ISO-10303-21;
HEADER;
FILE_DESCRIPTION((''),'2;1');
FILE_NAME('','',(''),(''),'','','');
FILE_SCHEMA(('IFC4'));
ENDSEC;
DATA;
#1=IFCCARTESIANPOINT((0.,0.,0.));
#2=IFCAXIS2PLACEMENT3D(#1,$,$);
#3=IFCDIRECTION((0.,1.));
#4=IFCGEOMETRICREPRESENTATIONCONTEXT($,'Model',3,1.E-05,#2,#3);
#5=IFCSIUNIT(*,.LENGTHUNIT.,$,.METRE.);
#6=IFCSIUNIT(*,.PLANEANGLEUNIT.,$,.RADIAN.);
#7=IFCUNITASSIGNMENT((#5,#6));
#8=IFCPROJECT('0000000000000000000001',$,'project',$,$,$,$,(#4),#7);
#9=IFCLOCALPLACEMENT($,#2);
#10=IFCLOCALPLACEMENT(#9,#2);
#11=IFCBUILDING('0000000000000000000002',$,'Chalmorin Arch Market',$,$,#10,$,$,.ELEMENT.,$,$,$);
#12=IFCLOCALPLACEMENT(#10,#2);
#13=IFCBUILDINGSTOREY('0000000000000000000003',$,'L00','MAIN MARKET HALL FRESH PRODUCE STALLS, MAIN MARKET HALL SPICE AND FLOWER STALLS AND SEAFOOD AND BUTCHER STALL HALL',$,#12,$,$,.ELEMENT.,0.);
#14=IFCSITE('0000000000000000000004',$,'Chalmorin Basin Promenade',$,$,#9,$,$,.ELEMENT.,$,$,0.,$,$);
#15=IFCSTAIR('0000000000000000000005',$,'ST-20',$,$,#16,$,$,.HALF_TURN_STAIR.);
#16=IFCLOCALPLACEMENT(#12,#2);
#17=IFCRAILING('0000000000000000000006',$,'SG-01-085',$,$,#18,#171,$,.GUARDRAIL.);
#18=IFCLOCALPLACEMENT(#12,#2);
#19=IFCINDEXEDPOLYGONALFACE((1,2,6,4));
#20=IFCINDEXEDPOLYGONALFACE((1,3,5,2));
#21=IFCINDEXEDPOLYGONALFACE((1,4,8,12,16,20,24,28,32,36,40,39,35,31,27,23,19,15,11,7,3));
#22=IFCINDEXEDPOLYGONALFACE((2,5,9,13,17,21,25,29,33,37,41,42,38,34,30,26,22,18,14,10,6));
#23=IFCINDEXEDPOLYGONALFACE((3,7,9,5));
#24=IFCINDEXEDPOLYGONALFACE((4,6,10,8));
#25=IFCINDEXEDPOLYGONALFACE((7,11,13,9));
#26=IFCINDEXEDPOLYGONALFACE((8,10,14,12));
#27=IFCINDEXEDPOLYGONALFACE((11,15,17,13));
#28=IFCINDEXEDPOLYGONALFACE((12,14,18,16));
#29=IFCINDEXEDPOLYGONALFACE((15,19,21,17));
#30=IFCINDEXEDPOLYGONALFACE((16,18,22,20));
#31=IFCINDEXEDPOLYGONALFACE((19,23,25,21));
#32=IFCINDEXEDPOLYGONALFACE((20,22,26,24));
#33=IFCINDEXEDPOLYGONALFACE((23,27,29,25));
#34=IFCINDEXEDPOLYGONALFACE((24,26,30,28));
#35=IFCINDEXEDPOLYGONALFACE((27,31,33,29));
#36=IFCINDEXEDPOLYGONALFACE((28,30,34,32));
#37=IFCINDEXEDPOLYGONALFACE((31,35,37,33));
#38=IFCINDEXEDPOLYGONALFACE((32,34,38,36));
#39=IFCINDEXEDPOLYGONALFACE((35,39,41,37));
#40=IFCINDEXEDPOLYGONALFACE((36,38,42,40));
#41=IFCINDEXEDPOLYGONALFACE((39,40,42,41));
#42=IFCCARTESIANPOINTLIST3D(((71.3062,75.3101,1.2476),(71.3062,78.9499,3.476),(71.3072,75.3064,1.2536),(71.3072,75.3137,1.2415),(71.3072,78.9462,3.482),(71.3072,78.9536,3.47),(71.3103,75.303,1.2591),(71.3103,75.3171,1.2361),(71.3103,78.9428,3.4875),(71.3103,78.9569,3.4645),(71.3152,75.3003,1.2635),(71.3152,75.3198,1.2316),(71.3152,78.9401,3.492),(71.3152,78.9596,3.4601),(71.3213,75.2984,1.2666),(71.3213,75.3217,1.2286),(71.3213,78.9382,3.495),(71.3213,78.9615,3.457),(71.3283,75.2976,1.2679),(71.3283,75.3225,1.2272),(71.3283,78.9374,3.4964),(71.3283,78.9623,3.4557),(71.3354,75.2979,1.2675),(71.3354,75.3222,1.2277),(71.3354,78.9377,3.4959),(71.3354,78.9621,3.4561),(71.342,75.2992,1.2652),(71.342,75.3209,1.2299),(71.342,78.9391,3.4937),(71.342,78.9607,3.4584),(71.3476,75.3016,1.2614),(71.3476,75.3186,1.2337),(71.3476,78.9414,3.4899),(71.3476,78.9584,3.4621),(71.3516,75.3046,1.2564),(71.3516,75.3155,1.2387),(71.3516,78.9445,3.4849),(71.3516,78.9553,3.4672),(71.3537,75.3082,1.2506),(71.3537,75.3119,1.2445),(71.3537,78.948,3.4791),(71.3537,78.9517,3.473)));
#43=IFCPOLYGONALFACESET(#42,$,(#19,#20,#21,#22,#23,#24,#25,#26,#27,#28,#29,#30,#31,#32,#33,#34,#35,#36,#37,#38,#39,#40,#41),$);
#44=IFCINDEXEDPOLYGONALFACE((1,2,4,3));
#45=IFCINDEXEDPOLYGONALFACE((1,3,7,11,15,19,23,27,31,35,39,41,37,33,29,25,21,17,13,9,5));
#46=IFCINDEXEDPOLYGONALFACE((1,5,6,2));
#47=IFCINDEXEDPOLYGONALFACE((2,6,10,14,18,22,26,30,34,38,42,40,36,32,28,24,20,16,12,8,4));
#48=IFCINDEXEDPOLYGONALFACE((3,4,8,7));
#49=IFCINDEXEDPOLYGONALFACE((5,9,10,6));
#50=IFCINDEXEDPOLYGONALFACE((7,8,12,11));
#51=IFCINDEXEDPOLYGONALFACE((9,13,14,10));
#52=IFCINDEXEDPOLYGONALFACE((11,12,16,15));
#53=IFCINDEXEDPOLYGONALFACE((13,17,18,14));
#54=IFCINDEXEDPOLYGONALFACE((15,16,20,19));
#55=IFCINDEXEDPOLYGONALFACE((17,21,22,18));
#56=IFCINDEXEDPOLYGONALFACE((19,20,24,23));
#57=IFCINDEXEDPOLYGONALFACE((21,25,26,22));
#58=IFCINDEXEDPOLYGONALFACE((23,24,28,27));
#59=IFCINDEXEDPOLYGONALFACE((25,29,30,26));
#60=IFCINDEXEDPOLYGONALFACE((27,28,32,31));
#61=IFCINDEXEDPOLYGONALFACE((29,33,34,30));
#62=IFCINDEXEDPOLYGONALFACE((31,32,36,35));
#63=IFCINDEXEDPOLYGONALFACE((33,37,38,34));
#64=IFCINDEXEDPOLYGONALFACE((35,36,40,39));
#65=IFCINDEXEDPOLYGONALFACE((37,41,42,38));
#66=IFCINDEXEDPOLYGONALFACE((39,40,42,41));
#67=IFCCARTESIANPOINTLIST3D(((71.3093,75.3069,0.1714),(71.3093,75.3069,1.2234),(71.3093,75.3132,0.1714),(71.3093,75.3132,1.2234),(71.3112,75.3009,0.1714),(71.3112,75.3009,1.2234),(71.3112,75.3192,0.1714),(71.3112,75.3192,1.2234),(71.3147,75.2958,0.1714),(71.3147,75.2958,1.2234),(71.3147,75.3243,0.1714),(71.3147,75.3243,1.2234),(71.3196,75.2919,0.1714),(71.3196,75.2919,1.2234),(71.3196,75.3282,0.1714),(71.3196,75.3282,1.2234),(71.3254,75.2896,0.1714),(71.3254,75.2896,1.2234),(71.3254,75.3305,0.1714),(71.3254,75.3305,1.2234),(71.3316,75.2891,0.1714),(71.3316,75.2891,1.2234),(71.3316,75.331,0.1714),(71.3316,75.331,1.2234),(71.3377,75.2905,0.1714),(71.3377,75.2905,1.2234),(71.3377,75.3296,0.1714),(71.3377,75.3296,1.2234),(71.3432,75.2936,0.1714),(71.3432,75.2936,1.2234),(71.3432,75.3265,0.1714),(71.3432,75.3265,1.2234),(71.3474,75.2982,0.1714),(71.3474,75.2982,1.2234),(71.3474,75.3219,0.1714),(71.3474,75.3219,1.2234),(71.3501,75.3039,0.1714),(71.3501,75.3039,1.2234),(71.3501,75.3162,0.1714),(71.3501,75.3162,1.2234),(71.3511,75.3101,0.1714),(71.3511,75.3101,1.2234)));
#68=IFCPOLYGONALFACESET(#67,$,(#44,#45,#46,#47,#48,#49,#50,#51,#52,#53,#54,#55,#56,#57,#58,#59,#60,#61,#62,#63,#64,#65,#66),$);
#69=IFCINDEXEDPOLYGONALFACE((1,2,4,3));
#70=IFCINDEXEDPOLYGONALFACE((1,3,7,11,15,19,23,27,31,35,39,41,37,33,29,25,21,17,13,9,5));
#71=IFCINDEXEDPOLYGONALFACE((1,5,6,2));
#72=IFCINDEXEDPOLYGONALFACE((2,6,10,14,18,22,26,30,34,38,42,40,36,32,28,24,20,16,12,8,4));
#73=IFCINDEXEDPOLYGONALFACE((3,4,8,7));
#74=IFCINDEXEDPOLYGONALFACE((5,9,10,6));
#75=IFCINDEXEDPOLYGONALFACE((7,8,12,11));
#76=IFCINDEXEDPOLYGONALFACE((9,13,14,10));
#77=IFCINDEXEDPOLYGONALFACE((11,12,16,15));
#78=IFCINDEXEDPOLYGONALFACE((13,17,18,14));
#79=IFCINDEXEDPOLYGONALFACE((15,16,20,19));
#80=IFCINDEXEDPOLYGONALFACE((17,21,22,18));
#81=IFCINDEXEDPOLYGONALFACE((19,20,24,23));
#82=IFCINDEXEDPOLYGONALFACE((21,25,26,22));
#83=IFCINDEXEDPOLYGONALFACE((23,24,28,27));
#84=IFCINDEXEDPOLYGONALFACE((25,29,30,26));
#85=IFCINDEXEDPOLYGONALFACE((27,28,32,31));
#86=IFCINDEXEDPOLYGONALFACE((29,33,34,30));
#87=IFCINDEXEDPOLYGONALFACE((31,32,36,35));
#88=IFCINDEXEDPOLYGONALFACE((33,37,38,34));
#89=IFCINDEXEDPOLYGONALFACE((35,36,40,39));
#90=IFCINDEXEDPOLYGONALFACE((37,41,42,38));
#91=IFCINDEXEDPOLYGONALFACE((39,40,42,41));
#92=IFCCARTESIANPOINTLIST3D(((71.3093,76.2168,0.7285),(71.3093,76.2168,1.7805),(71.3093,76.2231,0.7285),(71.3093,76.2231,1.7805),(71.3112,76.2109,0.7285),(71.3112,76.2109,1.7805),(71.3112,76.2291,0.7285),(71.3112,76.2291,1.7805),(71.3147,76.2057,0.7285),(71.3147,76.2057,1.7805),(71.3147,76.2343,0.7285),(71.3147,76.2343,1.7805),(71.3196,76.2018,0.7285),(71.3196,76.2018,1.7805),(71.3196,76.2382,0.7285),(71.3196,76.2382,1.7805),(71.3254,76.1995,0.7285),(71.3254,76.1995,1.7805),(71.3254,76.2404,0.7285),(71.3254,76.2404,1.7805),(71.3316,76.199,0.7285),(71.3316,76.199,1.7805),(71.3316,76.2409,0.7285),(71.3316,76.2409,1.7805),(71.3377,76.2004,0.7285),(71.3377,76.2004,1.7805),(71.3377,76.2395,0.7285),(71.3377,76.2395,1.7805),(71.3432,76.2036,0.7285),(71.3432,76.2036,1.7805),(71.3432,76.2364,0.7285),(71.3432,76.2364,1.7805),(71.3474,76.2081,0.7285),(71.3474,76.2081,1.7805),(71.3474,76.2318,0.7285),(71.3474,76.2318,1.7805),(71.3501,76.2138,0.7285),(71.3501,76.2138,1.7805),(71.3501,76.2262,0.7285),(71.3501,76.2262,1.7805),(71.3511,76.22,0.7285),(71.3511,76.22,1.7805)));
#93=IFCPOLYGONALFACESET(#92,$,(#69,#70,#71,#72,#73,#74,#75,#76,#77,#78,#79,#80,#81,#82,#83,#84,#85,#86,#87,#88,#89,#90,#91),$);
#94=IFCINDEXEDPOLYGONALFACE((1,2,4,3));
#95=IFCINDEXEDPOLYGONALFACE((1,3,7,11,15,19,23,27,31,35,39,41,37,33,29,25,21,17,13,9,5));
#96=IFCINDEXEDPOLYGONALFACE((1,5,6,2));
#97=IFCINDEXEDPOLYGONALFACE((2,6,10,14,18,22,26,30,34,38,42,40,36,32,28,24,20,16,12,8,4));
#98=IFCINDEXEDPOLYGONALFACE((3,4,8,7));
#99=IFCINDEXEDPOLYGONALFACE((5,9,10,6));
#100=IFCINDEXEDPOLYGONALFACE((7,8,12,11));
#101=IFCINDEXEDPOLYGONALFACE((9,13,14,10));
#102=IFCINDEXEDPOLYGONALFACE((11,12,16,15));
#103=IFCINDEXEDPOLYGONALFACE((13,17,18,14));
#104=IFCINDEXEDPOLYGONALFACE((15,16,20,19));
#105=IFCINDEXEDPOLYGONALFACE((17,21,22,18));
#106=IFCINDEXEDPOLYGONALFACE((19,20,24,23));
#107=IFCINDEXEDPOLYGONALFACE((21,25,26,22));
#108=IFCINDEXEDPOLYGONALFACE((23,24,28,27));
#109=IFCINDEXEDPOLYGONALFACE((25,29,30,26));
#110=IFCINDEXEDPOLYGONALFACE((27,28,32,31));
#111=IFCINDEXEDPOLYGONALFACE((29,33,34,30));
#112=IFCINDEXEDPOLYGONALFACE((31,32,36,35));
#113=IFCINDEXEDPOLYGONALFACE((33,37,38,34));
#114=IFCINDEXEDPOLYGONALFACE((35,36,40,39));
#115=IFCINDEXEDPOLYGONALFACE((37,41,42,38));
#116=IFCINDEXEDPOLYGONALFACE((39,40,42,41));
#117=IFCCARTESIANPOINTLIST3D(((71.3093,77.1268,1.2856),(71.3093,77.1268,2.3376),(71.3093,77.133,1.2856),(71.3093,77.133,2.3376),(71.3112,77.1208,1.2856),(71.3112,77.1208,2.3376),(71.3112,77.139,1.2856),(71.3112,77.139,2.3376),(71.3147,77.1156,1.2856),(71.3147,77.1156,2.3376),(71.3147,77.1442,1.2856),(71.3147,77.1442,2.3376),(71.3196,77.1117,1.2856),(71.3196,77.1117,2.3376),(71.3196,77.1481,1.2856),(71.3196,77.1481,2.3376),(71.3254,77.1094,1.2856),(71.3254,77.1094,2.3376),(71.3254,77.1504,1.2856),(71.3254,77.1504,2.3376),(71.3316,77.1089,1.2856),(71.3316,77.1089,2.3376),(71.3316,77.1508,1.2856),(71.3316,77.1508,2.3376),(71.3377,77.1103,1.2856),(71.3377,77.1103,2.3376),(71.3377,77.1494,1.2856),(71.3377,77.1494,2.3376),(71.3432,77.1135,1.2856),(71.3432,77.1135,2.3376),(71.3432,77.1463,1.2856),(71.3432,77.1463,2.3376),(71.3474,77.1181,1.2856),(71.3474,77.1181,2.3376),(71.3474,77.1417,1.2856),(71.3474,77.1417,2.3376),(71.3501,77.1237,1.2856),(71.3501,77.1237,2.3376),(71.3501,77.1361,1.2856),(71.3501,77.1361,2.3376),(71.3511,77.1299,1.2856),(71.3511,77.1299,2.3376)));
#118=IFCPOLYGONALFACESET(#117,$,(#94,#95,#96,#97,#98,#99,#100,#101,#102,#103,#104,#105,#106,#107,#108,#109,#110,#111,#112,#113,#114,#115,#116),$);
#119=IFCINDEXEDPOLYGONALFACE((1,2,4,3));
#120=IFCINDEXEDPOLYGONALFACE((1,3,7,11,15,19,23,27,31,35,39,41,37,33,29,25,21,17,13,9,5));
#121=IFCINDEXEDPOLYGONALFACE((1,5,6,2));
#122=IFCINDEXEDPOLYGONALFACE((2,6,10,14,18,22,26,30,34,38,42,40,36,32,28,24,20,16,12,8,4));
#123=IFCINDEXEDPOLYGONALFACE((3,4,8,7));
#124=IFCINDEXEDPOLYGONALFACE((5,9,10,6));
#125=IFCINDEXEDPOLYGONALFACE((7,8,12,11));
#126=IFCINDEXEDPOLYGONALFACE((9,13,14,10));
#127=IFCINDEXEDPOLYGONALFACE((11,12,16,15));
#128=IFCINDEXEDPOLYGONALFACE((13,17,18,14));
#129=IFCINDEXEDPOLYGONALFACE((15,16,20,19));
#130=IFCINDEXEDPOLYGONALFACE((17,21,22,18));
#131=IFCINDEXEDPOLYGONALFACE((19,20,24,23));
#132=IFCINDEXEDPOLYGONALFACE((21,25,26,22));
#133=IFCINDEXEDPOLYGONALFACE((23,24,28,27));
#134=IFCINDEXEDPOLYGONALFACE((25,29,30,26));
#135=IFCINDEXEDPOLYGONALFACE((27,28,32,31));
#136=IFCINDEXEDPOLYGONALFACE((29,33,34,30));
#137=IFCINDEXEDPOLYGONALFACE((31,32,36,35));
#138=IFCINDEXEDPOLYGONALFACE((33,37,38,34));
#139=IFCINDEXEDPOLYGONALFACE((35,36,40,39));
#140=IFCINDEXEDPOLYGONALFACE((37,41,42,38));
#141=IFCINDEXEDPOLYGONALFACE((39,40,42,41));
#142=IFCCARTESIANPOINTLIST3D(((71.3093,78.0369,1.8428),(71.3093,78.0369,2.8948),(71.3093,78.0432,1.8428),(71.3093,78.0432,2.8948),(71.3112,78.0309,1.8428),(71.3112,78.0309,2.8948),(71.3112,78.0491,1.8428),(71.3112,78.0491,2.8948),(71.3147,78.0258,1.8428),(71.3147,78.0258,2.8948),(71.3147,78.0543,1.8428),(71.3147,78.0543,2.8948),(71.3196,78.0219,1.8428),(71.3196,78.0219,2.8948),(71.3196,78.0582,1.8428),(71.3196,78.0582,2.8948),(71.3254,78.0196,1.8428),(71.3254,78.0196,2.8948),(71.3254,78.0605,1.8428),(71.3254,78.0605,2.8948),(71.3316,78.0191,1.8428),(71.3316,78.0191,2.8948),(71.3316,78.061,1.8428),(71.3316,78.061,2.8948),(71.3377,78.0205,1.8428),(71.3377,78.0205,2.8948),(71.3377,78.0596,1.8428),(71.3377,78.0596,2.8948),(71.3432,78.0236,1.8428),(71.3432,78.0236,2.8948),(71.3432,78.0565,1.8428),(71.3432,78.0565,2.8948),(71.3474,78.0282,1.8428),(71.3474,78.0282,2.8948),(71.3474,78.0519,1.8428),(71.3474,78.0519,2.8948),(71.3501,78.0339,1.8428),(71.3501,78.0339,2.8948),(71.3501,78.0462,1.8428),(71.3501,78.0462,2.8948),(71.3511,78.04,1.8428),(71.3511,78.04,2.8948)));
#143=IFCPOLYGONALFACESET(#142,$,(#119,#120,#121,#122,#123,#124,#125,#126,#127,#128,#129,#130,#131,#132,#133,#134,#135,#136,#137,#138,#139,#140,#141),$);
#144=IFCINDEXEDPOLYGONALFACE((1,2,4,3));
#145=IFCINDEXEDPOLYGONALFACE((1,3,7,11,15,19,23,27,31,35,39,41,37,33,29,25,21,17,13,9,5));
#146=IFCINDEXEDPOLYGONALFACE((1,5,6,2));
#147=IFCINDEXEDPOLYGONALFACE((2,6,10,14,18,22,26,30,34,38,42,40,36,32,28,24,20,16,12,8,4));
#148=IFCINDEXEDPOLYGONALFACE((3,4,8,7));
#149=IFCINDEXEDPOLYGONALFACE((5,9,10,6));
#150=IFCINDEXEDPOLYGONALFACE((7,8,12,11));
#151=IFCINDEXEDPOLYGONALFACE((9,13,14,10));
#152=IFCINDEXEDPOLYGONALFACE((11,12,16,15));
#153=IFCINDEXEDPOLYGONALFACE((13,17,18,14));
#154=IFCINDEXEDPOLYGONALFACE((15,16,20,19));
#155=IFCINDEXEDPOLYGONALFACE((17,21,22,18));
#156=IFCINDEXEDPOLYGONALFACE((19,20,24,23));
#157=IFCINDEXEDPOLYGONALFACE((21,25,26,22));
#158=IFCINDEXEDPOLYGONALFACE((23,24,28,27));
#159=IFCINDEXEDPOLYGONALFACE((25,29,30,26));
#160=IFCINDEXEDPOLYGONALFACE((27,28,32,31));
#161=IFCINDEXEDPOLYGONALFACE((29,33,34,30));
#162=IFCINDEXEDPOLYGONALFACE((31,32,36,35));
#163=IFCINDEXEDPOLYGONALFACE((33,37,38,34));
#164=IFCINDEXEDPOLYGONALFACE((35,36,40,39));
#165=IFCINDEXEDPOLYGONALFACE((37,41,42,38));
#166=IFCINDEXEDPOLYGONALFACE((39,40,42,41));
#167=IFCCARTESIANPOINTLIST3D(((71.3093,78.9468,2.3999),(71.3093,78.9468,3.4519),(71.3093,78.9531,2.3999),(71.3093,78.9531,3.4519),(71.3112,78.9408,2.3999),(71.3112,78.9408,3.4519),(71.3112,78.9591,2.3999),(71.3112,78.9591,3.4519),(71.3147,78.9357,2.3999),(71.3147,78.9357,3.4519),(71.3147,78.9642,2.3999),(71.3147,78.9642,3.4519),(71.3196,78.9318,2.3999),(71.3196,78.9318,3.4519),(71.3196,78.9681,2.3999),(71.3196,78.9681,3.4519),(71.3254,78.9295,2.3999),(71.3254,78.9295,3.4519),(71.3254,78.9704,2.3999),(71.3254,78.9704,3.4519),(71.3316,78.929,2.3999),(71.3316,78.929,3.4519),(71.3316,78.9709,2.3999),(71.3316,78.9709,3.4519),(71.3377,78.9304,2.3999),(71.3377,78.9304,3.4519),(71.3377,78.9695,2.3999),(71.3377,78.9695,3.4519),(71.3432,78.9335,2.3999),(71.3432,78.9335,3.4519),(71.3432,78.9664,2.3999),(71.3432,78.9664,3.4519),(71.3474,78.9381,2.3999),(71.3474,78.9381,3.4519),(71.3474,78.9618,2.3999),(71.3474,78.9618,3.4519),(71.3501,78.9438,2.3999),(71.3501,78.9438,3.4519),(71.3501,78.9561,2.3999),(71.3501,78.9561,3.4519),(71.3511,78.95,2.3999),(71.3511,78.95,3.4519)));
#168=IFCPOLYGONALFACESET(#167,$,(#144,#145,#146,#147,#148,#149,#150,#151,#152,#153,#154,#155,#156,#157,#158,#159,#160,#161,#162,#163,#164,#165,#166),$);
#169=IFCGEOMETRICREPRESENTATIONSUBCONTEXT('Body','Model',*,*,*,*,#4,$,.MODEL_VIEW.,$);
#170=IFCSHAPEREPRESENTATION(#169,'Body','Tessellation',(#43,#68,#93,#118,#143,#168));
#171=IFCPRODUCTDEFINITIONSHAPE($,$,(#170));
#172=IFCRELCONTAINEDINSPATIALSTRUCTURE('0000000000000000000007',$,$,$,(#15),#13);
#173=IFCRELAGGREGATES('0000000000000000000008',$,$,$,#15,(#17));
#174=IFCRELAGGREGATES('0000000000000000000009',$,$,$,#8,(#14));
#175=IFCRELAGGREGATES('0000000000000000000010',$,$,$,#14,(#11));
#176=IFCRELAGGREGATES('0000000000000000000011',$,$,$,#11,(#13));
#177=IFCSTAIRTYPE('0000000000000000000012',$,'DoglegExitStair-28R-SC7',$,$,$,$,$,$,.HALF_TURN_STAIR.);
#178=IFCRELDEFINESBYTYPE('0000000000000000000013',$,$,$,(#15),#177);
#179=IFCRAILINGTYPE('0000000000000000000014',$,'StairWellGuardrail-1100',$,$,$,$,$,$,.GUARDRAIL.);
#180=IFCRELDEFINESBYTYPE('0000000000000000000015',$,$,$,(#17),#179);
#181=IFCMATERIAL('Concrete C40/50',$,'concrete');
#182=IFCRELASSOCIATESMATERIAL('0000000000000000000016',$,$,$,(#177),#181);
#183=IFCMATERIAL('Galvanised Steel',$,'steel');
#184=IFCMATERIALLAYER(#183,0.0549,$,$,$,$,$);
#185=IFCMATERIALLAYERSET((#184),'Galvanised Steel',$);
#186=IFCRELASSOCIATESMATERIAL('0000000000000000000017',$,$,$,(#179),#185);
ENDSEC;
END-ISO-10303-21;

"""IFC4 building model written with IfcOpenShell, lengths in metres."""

from ifc_helpers import new_model, si_unit, direction, frame, origin, origin_2d, place, context, subcontext, project, spatial, circle, extrude, material, layer, layer_set, type_object, element, aggregate, save


model = new_model("IFC4")

# Units and contexts
model_context = context("Model", 3, precision=1e-05, world=origin(), true_north=direction((0.0, 1.0)))
body_context = subcontext(model_context, "Body", "Model", "MODEL_VIEW")
ifc_project = project(units=[si_unit("LENGTHUNIT", "METRE"), si_unit("PLANEANGLEUNIT", "RADIAN")], contexts=[model_context])

# Site, building, storey
site_placement = place(None, origin())
site = spatial("IfcSite", under=ifc_project, at=site_placement, Name="Chalmorin Basin Promenade", CompositionType="ELEMENT", RefElevation=0.0)
building_placement = place(site_placement, origin())
building = spatial("IfcBuilding", under=site, at=building_placement, Name="Chalmorin Arch Market", CompositionType="ELEMENT")
storey_placement = place(building_placement, origin())
storey = spatial("IfcBuildingStorey", under=building, at=storey_placement, Name="L00", Description="MAIN MARKET HALL FRESH PRODUCE STALLS, MAIN MARKET HALL SPICE AND FLOWER STALLS AND SEAFOOD AND BUTCHER STALL HALL", CompositionType="ELEMENT", Elevation=0.0)

# Shared definitions
ifc_material_1 = material(Name="Concrete C40/50", Category="concrete")

# Stair, railing
stair_type = type_object("IfcStairType", Name="DoglegExitStair-28R-SC7", PredefinedType="HALF_TURN_STAIR", material=ifc_material_1)
stair_placement = place(storey_placement, origin())
stair = element("IfcStair", 1, at=stair_placement, inside=storey, type_object=stair_type, Name="ST-20", PredefinedType="HALF_TURN_STAIR")
ifc_material_2 = material(Name="Galvanised Steel", Category="steel")
ifc_layer_1 = layer(ifc_material_2, 0.0549)
ifc_layer_set_1 = layer_set([ifc_layer_1], Name="Galvanised Steel")
railing_type_1 = type_object("IfcRailingType", Name="StairWellGuardrail-1100", PredefinedType="GUARDRAIL", material=ifc_layer_set_1)
railing_1_placement = place(storey_placement, frame((71.3301, 75.3101, 0.1714)))
railing_1 = element("IfcRailing", 2, at=railing_1_placement, type_object=railing_type_1, Name="SG-01-085", PredefinedType="GUARDRAIL", context=body_context, shape_type="SweptSolid", body=[
    extrude(circle(Radius=0.0239, at=origin_2d()), frame((0.0, 0.0, 1.0762), z_axis=(0.0, 0.85285, 0.522156), x_axis=(-1.0, 0.0, 0.0)), (0.0, 0.0, 1.0), 4.2678),
    extrude(circle(Radius=0.021, at=origin_2d()), origin(), (0.0, 0.0, 1.0), 1.052),
    extrude(circle(Radius=0.021, at=origin_2d()), frame((0.0, 0.9099, 0.5571)), (0.0, 0.0, 1.0), 1.052),
    extrude(circle(Radius=0.021, at=origin_2d()), frame((0.0, 1.8198, 1.1143)), (0.0, 0.0, 1.0), 1.052),
    extrude(circle(Radius=0.021, at=origin_2d()), frame((0.0, 2.73, 1.6714)), (0.0, 0.0, 1.0), 1.052),
    extrude(circle(Radius=0.021, at=origin_2d()), frame((0.0, 3.6399, 2.2285)), (0.0, 0.0, 1.0), 1.052),
])
aggregate(stair, [railing_1])

save(model, "model.ifc")
